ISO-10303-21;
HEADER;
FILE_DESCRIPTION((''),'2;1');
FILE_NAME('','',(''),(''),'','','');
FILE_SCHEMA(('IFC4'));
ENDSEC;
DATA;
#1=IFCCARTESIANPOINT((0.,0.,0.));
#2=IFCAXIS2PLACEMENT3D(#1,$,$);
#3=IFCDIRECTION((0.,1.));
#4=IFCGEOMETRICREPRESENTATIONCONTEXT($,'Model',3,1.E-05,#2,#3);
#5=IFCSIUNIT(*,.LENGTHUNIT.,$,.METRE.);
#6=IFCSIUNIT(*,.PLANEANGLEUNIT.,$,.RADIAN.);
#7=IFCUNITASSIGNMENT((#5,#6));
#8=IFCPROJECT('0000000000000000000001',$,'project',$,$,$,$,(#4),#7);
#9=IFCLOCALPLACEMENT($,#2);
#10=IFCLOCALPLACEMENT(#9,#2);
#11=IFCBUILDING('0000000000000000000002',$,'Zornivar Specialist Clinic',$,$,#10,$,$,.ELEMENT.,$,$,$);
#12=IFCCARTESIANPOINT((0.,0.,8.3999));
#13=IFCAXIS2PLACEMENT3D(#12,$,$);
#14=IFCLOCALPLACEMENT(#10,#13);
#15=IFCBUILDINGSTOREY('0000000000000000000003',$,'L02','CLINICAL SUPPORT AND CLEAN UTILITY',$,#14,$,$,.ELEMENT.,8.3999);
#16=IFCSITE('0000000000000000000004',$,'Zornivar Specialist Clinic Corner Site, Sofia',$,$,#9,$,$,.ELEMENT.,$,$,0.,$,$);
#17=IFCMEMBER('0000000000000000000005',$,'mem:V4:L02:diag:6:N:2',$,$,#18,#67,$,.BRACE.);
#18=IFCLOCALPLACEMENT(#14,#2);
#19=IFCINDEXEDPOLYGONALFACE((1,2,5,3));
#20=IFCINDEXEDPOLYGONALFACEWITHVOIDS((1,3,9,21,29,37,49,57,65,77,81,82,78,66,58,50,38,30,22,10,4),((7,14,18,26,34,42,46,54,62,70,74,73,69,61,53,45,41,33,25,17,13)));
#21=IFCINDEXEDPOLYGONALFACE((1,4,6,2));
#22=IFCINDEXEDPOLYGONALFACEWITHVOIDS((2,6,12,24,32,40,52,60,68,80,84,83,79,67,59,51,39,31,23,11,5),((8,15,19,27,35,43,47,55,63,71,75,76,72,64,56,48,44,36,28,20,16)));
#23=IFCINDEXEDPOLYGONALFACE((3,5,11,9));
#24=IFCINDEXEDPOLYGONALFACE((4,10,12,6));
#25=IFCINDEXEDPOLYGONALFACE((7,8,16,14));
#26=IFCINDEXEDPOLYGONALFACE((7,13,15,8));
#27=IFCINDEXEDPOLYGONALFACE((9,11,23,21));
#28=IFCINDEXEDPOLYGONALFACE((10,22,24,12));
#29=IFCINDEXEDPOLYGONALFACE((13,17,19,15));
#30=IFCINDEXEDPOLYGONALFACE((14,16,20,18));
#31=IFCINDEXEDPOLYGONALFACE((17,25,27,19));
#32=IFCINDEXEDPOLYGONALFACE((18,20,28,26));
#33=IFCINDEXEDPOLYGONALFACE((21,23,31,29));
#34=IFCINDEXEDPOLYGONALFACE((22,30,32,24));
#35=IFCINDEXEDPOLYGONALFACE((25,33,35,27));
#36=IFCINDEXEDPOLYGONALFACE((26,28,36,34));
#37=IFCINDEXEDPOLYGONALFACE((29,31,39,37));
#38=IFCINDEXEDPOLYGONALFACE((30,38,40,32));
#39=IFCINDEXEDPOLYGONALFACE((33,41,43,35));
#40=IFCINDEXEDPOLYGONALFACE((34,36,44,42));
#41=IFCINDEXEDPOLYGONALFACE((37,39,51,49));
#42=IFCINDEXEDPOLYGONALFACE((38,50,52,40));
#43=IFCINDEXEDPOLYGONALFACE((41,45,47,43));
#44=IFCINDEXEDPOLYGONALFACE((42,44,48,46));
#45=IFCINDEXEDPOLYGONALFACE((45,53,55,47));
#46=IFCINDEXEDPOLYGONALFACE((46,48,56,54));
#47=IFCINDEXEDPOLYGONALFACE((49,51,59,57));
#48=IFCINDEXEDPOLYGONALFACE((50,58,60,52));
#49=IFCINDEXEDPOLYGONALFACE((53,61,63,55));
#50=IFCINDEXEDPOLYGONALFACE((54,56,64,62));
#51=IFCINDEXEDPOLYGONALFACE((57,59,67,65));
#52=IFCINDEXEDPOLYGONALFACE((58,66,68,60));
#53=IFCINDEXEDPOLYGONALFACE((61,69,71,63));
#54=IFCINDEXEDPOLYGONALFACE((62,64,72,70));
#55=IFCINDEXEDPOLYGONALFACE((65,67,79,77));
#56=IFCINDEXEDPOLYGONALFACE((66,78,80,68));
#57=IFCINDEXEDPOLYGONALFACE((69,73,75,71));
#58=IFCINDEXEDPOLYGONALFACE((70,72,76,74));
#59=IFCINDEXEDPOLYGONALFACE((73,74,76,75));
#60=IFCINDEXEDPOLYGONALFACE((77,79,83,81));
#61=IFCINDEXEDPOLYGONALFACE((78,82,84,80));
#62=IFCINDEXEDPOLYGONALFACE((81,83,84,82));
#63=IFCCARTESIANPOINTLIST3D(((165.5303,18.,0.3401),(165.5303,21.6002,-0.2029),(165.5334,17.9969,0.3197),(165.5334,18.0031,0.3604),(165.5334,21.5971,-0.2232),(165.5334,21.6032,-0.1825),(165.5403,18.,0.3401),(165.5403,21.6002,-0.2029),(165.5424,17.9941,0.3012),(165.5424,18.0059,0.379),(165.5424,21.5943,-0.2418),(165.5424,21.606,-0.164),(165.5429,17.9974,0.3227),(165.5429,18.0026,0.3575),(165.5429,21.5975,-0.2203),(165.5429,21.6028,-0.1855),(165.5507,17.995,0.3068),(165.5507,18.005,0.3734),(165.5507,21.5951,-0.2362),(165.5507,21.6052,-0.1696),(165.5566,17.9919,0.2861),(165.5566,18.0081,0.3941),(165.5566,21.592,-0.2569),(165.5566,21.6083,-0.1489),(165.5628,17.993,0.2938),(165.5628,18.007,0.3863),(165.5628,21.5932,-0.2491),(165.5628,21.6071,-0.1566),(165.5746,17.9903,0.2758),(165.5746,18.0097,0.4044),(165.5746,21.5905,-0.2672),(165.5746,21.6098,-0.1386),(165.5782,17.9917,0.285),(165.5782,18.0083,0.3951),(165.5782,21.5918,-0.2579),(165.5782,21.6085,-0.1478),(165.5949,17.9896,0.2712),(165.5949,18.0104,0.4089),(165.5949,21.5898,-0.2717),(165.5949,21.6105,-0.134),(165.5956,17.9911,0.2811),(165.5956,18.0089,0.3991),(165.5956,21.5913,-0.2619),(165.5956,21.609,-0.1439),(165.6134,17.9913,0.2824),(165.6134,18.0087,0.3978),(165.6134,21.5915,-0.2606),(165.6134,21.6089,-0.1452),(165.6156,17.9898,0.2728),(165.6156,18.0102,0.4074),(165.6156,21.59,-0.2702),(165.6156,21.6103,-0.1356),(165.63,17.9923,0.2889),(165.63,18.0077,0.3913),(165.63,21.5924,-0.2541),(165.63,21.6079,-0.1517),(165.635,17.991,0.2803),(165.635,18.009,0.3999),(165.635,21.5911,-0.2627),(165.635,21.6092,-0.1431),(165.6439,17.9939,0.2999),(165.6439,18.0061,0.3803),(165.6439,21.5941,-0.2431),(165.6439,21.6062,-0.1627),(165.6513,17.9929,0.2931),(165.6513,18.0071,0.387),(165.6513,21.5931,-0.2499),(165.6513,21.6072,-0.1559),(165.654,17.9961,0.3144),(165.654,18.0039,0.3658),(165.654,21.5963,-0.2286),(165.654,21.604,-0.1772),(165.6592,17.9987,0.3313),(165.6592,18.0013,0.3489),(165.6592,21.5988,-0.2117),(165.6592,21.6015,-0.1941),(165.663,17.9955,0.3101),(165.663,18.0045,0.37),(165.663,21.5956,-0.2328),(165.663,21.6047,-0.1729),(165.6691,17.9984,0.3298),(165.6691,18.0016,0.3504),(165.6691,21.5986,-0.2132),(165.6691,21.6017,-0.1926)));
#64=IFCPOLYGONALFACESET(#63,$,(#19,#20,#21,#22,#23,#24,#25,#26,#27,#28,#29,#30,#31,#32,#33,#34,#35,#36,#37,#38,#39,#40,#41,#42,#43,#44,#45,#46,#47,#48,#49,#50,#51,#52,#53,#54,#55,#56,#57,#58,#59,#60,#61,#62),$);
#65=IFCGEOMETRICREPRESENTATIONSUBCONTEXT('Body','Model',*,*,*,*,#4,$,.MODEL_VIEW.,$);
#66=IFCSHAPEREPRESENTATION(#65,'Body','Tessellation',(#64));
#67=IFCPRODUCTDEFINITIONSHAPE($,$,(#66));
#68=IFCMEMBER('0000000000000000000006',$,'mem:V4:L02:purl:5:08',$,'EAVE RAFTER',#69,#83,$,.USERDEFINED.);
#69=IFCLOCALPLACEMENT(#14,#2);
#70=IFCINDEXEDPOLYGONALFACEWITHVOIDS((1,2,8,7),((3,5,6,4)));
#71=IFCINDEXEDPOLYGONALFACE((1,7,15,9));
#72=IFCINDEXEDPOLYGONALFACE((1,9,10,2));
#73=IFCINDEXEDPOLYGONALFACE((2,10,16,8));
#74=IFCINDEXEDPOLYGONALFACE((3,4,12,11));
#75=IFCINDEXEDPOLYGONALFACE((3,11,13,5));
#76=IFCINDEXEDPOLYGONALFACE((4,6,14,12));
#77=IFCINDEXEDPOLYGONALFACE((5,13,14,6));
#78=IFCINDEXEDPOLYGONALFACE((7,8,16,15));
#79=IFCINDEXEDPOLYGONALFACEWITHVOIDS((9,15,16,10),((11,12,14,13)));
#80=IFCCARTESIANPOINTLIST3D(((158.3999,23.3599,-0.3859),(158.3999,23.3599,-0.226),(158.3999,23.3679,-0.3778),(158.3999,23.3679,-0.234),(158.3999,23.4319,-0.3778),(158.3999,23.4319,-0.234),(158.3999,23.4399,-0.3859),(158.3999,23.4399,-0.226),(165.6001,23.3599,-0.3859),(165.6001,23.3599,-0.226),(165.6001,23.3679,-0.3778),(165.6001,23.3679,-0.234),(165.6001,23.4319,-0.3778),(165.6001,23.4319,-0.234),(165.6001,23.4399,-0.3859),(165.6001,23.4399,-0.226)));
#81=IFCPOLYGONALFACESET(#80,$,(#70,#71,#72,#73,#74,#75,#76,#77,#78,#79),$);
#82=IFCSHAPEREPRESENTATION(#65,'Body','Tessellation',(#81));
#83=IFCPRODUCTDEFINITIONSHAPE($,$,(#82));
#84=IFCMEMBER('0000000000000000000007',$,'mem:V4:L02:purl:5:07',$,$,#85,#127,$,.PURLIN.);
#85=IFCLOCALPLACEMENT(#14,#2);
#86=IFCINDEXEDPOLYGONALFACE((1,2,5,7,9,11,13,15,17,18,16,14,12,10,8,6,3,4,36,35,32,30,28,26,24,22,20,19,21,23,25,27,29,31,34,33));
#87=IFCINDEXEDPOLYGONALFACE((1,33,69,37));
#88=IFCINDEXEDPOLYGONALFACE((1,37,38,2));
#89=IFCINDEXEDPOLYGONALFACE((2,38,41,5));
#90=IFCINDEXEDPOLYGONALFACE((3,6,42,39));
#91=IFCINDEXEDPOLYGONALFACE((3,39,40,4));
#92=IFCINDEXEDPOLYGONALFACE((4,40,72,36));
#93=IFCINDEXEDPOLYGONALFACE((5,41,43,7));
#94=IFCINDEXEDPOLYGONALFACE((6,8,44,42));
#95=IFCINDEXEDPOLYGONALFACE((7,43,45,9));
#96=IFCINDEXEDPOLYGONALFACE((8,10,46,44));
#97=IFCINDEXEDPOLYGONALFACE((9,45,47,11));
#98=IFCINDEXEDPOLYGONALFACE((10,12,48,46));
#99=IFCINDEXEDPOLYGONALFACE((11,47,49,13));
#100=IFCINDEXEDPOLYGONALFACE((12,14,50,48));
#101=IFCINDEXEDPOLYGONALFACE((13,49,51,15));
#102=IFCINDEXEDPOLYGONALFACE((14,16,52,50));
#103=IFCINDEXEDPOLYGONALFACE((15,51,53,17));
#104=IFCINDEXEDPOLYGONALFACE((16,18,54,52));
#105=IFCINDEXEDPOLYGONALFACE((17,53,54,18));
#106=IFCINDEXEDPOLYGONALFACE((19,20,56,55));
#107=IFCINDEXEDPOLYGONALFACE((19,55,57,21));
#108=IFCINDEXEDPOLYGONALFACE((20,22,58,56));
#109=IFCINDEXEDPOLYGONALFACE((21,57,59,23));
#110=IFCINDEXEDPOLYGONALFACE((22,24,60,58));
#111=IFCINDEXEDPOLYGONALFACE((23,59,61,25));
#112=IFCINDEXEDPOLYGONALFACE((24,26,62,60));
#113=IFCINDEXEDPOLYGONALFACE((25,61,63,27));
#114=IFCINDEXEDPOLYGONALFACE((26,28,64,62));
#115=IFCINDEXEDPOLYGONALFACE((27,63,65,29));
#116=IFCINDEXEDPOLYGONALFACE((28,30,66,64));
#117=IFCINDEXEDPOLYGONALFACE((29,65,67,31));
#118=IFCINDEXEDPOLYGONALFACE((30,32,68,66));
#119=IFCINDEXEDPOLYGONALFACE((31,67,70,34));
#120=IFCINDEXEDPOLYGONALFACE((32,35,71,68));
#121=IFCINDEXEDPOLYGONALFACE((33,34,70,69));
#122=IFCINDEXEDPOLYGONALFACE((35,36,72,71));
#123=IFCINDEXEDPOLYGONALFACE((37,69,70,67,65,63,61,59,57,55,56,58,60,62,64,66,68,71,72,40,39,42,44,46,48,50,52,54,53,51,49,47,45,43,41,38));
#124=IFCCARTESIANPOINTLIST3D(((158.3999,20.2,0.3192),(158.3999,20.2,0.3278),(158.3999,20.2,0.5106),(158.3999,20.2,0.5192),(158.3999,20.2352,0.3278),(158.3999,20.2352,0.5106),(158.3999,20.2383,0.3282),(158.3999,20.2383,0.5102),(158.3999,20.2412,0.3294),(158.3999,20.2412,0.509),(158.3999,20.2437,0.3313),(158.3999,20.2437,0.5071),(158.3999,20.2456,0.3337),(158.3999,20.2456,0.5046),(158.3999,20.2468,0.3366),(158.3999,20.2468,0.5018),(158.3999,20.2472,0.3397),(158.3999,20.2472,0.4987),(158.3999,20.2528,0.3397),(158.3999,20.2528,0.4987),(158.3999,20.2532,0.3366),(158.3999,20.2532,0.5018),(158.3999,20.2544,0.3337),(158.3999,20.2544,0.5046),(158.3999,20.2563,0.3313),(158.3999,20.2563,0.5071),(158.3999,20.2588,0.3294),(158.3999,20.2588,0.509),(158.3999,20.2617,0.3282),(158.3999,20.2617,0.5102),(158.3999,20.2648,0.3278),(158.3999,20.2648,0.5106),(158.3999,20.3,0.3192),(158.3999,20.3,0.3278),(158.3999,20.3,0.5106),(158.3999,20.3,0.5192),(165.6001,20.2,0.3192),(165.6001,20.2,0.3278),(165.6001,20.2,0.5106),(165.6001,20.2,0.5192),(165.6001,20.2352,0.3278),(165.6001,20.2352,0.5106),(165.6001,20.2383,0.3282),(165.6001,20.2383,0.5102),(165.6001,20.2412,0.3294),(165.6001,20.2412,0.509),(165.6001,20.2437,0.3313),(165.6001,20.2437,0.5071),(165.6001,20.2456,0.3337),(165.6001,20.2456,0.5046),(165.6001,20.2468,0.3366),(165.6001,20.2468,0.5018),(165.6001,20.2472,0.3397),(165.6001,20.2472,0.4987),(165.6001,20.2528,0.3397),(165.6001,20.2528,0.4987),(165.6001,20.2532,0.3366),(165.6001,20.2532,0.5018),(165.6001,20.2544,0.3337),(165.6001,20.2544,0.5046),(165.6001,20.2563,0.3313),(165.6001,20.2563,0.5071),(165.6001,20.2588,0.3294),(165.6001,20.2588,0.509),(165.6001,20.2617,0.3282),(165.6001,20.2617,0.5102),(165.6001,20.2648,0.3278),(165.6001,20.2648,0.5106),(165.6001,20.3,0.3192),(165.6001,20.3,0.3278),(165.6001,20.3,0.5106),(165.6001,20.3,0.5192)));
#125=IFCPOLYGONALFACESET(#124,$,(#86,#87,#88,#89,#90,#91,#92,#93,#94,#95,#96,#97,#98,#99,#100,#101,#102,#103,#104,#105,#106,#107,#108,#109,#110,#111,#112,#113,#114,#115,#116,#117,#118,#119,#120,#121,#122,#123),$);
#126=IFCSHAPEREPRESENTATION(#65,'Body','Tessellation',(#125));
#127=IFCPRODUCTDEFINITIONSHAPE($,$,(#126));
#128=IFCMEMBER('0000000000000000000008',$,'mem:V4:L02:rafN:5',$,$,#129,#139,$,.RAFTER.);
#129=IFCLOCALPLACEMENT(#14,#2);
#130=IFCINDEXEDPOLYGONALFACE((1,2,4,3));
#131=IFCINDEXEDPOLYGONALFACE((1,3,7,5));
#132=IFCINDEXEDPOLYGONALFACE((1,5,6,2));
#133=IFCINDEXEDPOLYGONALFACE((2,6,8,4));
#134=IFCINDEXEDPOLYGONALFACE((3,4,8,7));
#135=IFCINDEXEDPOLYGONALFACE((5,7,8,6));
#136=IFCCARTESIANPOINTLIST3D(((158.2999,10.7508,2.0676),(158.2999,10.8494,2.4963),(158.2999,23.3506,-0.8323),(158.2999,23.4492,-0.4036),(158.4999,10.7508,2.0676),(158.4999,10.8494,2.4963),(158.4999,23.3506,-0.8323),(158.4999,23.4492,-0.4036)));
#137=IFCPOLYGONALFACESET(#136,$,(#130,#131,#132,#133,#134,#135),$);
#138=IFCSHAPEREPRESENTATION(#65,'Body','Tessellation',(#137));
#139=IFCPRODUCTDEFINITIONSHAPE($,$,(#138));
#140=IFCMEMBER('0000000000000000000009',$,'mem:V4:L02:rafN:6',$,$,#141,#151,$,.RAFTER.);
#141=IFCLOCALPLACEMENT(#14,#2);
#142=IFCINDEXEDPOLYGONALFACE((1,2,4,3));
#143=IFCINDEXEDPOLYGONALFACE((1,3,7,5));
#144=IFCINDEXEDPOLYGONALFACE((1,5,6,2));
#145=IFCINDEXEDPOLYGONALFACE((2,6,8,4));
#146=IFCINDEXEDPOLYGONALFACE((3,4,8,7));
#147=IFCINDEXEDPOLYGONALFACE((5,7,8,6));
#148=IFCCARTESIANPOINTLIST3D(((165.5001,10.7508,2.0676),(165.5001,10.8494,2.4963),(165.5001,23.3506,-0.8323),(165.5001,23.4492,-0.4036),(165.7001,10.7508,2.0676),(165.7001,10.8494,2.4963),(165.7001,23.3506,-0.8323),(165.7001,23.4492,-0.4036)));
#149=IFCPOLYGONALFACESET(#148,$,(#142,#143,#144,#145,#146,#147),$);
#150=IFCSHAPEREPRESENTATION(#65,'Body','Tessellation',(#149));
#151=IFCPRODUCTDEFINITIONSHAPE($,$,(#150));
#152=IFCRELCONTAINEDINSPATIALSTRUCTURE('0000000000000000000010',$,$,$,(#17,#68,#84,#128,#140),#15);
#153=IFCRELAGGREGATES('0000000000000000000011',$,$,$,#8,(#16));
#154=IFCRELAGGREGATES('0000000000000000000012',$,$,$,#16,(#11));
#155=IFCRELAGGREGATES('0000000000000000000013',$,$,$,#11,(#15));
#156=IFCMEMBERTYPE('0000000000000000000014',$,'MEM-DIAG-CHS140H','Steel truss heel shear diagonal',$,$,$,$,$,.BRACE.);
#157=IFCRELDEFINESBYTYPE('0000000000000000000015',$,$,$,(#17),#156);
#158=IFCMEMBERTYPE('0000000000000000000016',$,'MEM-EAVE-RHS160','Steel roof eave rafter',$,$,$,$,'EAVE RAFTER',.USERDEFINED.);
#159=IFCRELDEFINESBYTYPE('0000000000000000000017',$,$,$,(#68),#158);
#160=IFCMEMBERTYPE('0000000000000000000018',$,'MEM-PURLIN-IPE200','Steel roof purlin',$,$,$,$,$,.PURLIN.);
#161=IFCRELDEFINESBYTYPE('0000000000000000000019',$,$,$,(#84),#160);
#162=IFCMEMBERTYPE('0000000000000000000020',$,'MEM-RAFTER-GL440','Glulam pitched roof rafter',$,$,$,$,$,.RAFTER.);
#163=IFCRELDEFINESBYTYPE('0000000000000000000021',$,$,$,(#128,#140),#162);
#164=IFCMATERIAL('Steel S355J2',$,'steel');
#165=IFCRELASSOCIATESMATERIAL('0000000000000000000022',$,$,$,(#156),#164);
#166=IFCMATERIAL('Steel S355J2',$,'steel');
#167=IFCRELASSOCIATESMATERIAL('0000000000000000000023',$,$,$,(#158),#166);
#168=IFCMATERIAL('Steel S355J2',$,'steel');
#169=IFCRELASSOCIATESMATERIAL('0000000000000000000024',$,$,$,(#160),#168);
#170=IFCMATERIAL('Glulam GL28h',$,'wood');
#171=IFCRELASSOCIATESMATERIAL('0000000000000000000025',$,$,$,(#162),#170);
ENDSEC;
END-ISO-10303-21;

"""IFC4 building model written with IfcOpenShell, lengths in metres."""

from ifc_helpers import new_model, si_unit, direction, frame, origin, origin_2d, place, context, subcontext, project, spatial, rectangle, hollow_rectangle, hollow_circle, i_section, extrude, material, material_profile, profile_set, type_object, element, save


model = new_model("IFC4")

# Units and contexts
model_context = context("Model", 3, precision=1e-05, world=origin(), true_north=direction((0.0, 1.0)))
body_context = subcontext(model_context, "Body", "Model", "MODEL_VIEW")
ifc_project = project(units=[si_unit("LENGTHUNIT", "METRE"), si_unit("PLANEANGLEUNIT", "RADIAN")], contexts=[model_context])

# Site, building, storey
site_placement = place(None, origin())
site = spatial("IfcSite", under=ifc_project, at=site_placement, Name="Zornivar Specialist Clinic Corner Site, Sofia", CompositionType="ELEMENT", RefElevation=0.0)
building_placement = place(site_placement, origin())
building = spatial("IfcBuilding", under=site, at=building_placement, Name="Zornivar Specialist Clinic", CompositionType="ELEMENT")
storey_placement = place(building_placement, frame((0.0, 0.0, 8.3999)))
storey = spatial("IfcBuildingStorey", under=building, at=storey_placement, Name="L02", Description="CLINICAL SUPPORT AND CLEAN UTILITY", CompositionType="ELEMENT", Elevation=8.3999)

# Members
ifc_material_1 = material(Name="Steel S355J2", Category="steel")
ifc_material_profile_1 = material_profile(ifc_material_1, hollow_circle(Radius=0.0698, WallThickness=0.01, at=origin_2d()), Name="CHS 139.7x10")
ifc_profile_set_1 = profile_set([ifc_material_profile_1], Name="Steel S355J2")
member_type_1 = type_object("IfcMemberType", Name="MEM-DIAG-CHS140H", Description="Steel truss heel shear diagonal", PredefinedType="BRACE", material=ifc_profile_set_1)
for number, where, z_axis, x_axis, name in (
    (1, (165.6001, 18.0, 0.3401), (0.0, 0.988817, -0.149134), (-1.0, 0.0, 0.0), "mem:V4:L02:diag:6:N:2"),
):
    element("IfcMember", number, at=place(storey_placement, frame(where, z_axis=z_axis, x_axis=x_axis)), inside=storey, type_object=member_type_1, Name=name, PredefinedType="BRACE", context=body_context, shape_type="SweptSolid", body=[
        extrude(hollow_circle(Radius=0.0698, WallThickness=0.01, at=origin_2d()), origin(), (0.0, 0.0, 1.0), 3.6409),
    ])
ifc_material_2 = material(Name="Steel S355J2", Category="steel")
ifc_material_profile_2 = material_profile(ifc_material_2, hollow_rectangle(XDim=0.0801, YDim=0.1599, WallThickness=0.0081, at=origin_2d()), Name="RHS 160x80x8")
ifc_profile_set_2 = profile_set([ifc_material_profile_2], Name="Steel S355J2")
member_type_2 = type_object("IfcMemberType", Name="MEM-EAVE-RHS160", Description="Steel roof eave rafter", ElementType="EAVE RAFTER", PredefinedType="USERDEFINED", material=ifc_profile_set_2)
member_1_placement = place(storey_placement, frame((158.3999, 23.3999, -0.3059), z_axis=(1.0, 0.0, 0.0), x_axis=(0.0, 1.0, 0.0)))
element("IfcMember", 2, at=member_1_placement, inside=storey, type_object=member_type_2, Name="mem:V4:L02:purl:5:08", ObjectType="EAVE RAFTER", PredefinedType="USERDEFINED", context=body_context, shape_type="SweptSolid", body=[
    extrude(hollow_rectangle(XDim=0.0801, YDim=0.1599, WallThickness=0.0081, at=origin_2d()), origin(), (0.0, 0.0, 1.0), 7.2002),
])
ifc_material_3 = material(Name="Steel S355J2", Category="steel")
ifc_material_profile_3 = material_profile(ifc_material_3, i_section(OverallWidth=0.1001, OverallDepth=0.2, WebThickness=0.0056, FlangeThickness=0.0085, FilletRadius=0.012, at=origin_2d()), Name="IPE 200")
ifc_profile_set_3 = profile_set([ifc_material_profile_3], Name="Steel S355J2")
member_type_3 = type_object("IfcMemberType", Name="MEM-PURLIN-IPE200", Description="Steel roof purlin", PredefinedType="PURLIN", material=ifc_profile_set_3)
member_2_placement = place(storey_placement, frame((158.3999, 20.25, 0.4192), z_axis=(1.0, 0.0, 0.0), x_axis=(0.0, 1.0, 0.0)))
element("IfcMember", 3, at=member_2_placement, inside=storey, type_object=member_type_3, Name="mem:V4:L02:purl:5:07", PredefinedType="PURLIN", context=body_context, shape_type="SweptSolid", body=[
    extrude(i_section(OverallWidth=0.1001, OverallDepth=0.2, WebThickness=0.0056, FlangeThickness=0.0085, FilletRadius=0.012, at=origin_2d()), origin(), (0.0, 0.0, 1.0), 7.2002),
])
ifc_material_4 = material(Name="Glulam GL28h", Category="wood")
ifc_material_profile_4 = material_profile(ifc_material_4, rectangle(XDim=0.2, YDim=0.4399, at=origin_2d()), Name="GL28h 200x440")
ifc_profile_set_4 = profile_set([ifc_material_profile_4], Name="Glulam GL28h")
member_type_4 = type_object("IfcMemberType", Name="MEM-RAFTER-GL440", Description="Glulam pitched roof rafter", PredefinedType="RAFTER", material=ifc_profile_set_4)
for number, where, z_axis, x_axis, name in (
    (4, (158.3999, 23.3999, -0.6179), (0.0, -0.974522, 0.22429), (1.0, 0.0, 0.0), "mem:V4:L02:rafN:5"),
    (5, (165.6001, 23.3999, -0.6179), (0.0, -0.974522, 0.22429), (1.0, 0.0, 0.0), "mem:V4:L02:rafN:6"),
):
    element("IfcMember", number, at=place(storey_placement, frame(where, z_axis=z_axis, x_axis=x_axis)), inside=storey, type_object=member_type_4, Name=name, PredefinedType="RAFTER", context=body_context, shape_type="SweptSolid", body=[
        extrude(rectangle(XDim=0.2, YDim=0.4399, at=origin_2d()), origin(), (0.0, 0.0, 1.0), 12.9292),
    ])

save(model, "model.ifc")
